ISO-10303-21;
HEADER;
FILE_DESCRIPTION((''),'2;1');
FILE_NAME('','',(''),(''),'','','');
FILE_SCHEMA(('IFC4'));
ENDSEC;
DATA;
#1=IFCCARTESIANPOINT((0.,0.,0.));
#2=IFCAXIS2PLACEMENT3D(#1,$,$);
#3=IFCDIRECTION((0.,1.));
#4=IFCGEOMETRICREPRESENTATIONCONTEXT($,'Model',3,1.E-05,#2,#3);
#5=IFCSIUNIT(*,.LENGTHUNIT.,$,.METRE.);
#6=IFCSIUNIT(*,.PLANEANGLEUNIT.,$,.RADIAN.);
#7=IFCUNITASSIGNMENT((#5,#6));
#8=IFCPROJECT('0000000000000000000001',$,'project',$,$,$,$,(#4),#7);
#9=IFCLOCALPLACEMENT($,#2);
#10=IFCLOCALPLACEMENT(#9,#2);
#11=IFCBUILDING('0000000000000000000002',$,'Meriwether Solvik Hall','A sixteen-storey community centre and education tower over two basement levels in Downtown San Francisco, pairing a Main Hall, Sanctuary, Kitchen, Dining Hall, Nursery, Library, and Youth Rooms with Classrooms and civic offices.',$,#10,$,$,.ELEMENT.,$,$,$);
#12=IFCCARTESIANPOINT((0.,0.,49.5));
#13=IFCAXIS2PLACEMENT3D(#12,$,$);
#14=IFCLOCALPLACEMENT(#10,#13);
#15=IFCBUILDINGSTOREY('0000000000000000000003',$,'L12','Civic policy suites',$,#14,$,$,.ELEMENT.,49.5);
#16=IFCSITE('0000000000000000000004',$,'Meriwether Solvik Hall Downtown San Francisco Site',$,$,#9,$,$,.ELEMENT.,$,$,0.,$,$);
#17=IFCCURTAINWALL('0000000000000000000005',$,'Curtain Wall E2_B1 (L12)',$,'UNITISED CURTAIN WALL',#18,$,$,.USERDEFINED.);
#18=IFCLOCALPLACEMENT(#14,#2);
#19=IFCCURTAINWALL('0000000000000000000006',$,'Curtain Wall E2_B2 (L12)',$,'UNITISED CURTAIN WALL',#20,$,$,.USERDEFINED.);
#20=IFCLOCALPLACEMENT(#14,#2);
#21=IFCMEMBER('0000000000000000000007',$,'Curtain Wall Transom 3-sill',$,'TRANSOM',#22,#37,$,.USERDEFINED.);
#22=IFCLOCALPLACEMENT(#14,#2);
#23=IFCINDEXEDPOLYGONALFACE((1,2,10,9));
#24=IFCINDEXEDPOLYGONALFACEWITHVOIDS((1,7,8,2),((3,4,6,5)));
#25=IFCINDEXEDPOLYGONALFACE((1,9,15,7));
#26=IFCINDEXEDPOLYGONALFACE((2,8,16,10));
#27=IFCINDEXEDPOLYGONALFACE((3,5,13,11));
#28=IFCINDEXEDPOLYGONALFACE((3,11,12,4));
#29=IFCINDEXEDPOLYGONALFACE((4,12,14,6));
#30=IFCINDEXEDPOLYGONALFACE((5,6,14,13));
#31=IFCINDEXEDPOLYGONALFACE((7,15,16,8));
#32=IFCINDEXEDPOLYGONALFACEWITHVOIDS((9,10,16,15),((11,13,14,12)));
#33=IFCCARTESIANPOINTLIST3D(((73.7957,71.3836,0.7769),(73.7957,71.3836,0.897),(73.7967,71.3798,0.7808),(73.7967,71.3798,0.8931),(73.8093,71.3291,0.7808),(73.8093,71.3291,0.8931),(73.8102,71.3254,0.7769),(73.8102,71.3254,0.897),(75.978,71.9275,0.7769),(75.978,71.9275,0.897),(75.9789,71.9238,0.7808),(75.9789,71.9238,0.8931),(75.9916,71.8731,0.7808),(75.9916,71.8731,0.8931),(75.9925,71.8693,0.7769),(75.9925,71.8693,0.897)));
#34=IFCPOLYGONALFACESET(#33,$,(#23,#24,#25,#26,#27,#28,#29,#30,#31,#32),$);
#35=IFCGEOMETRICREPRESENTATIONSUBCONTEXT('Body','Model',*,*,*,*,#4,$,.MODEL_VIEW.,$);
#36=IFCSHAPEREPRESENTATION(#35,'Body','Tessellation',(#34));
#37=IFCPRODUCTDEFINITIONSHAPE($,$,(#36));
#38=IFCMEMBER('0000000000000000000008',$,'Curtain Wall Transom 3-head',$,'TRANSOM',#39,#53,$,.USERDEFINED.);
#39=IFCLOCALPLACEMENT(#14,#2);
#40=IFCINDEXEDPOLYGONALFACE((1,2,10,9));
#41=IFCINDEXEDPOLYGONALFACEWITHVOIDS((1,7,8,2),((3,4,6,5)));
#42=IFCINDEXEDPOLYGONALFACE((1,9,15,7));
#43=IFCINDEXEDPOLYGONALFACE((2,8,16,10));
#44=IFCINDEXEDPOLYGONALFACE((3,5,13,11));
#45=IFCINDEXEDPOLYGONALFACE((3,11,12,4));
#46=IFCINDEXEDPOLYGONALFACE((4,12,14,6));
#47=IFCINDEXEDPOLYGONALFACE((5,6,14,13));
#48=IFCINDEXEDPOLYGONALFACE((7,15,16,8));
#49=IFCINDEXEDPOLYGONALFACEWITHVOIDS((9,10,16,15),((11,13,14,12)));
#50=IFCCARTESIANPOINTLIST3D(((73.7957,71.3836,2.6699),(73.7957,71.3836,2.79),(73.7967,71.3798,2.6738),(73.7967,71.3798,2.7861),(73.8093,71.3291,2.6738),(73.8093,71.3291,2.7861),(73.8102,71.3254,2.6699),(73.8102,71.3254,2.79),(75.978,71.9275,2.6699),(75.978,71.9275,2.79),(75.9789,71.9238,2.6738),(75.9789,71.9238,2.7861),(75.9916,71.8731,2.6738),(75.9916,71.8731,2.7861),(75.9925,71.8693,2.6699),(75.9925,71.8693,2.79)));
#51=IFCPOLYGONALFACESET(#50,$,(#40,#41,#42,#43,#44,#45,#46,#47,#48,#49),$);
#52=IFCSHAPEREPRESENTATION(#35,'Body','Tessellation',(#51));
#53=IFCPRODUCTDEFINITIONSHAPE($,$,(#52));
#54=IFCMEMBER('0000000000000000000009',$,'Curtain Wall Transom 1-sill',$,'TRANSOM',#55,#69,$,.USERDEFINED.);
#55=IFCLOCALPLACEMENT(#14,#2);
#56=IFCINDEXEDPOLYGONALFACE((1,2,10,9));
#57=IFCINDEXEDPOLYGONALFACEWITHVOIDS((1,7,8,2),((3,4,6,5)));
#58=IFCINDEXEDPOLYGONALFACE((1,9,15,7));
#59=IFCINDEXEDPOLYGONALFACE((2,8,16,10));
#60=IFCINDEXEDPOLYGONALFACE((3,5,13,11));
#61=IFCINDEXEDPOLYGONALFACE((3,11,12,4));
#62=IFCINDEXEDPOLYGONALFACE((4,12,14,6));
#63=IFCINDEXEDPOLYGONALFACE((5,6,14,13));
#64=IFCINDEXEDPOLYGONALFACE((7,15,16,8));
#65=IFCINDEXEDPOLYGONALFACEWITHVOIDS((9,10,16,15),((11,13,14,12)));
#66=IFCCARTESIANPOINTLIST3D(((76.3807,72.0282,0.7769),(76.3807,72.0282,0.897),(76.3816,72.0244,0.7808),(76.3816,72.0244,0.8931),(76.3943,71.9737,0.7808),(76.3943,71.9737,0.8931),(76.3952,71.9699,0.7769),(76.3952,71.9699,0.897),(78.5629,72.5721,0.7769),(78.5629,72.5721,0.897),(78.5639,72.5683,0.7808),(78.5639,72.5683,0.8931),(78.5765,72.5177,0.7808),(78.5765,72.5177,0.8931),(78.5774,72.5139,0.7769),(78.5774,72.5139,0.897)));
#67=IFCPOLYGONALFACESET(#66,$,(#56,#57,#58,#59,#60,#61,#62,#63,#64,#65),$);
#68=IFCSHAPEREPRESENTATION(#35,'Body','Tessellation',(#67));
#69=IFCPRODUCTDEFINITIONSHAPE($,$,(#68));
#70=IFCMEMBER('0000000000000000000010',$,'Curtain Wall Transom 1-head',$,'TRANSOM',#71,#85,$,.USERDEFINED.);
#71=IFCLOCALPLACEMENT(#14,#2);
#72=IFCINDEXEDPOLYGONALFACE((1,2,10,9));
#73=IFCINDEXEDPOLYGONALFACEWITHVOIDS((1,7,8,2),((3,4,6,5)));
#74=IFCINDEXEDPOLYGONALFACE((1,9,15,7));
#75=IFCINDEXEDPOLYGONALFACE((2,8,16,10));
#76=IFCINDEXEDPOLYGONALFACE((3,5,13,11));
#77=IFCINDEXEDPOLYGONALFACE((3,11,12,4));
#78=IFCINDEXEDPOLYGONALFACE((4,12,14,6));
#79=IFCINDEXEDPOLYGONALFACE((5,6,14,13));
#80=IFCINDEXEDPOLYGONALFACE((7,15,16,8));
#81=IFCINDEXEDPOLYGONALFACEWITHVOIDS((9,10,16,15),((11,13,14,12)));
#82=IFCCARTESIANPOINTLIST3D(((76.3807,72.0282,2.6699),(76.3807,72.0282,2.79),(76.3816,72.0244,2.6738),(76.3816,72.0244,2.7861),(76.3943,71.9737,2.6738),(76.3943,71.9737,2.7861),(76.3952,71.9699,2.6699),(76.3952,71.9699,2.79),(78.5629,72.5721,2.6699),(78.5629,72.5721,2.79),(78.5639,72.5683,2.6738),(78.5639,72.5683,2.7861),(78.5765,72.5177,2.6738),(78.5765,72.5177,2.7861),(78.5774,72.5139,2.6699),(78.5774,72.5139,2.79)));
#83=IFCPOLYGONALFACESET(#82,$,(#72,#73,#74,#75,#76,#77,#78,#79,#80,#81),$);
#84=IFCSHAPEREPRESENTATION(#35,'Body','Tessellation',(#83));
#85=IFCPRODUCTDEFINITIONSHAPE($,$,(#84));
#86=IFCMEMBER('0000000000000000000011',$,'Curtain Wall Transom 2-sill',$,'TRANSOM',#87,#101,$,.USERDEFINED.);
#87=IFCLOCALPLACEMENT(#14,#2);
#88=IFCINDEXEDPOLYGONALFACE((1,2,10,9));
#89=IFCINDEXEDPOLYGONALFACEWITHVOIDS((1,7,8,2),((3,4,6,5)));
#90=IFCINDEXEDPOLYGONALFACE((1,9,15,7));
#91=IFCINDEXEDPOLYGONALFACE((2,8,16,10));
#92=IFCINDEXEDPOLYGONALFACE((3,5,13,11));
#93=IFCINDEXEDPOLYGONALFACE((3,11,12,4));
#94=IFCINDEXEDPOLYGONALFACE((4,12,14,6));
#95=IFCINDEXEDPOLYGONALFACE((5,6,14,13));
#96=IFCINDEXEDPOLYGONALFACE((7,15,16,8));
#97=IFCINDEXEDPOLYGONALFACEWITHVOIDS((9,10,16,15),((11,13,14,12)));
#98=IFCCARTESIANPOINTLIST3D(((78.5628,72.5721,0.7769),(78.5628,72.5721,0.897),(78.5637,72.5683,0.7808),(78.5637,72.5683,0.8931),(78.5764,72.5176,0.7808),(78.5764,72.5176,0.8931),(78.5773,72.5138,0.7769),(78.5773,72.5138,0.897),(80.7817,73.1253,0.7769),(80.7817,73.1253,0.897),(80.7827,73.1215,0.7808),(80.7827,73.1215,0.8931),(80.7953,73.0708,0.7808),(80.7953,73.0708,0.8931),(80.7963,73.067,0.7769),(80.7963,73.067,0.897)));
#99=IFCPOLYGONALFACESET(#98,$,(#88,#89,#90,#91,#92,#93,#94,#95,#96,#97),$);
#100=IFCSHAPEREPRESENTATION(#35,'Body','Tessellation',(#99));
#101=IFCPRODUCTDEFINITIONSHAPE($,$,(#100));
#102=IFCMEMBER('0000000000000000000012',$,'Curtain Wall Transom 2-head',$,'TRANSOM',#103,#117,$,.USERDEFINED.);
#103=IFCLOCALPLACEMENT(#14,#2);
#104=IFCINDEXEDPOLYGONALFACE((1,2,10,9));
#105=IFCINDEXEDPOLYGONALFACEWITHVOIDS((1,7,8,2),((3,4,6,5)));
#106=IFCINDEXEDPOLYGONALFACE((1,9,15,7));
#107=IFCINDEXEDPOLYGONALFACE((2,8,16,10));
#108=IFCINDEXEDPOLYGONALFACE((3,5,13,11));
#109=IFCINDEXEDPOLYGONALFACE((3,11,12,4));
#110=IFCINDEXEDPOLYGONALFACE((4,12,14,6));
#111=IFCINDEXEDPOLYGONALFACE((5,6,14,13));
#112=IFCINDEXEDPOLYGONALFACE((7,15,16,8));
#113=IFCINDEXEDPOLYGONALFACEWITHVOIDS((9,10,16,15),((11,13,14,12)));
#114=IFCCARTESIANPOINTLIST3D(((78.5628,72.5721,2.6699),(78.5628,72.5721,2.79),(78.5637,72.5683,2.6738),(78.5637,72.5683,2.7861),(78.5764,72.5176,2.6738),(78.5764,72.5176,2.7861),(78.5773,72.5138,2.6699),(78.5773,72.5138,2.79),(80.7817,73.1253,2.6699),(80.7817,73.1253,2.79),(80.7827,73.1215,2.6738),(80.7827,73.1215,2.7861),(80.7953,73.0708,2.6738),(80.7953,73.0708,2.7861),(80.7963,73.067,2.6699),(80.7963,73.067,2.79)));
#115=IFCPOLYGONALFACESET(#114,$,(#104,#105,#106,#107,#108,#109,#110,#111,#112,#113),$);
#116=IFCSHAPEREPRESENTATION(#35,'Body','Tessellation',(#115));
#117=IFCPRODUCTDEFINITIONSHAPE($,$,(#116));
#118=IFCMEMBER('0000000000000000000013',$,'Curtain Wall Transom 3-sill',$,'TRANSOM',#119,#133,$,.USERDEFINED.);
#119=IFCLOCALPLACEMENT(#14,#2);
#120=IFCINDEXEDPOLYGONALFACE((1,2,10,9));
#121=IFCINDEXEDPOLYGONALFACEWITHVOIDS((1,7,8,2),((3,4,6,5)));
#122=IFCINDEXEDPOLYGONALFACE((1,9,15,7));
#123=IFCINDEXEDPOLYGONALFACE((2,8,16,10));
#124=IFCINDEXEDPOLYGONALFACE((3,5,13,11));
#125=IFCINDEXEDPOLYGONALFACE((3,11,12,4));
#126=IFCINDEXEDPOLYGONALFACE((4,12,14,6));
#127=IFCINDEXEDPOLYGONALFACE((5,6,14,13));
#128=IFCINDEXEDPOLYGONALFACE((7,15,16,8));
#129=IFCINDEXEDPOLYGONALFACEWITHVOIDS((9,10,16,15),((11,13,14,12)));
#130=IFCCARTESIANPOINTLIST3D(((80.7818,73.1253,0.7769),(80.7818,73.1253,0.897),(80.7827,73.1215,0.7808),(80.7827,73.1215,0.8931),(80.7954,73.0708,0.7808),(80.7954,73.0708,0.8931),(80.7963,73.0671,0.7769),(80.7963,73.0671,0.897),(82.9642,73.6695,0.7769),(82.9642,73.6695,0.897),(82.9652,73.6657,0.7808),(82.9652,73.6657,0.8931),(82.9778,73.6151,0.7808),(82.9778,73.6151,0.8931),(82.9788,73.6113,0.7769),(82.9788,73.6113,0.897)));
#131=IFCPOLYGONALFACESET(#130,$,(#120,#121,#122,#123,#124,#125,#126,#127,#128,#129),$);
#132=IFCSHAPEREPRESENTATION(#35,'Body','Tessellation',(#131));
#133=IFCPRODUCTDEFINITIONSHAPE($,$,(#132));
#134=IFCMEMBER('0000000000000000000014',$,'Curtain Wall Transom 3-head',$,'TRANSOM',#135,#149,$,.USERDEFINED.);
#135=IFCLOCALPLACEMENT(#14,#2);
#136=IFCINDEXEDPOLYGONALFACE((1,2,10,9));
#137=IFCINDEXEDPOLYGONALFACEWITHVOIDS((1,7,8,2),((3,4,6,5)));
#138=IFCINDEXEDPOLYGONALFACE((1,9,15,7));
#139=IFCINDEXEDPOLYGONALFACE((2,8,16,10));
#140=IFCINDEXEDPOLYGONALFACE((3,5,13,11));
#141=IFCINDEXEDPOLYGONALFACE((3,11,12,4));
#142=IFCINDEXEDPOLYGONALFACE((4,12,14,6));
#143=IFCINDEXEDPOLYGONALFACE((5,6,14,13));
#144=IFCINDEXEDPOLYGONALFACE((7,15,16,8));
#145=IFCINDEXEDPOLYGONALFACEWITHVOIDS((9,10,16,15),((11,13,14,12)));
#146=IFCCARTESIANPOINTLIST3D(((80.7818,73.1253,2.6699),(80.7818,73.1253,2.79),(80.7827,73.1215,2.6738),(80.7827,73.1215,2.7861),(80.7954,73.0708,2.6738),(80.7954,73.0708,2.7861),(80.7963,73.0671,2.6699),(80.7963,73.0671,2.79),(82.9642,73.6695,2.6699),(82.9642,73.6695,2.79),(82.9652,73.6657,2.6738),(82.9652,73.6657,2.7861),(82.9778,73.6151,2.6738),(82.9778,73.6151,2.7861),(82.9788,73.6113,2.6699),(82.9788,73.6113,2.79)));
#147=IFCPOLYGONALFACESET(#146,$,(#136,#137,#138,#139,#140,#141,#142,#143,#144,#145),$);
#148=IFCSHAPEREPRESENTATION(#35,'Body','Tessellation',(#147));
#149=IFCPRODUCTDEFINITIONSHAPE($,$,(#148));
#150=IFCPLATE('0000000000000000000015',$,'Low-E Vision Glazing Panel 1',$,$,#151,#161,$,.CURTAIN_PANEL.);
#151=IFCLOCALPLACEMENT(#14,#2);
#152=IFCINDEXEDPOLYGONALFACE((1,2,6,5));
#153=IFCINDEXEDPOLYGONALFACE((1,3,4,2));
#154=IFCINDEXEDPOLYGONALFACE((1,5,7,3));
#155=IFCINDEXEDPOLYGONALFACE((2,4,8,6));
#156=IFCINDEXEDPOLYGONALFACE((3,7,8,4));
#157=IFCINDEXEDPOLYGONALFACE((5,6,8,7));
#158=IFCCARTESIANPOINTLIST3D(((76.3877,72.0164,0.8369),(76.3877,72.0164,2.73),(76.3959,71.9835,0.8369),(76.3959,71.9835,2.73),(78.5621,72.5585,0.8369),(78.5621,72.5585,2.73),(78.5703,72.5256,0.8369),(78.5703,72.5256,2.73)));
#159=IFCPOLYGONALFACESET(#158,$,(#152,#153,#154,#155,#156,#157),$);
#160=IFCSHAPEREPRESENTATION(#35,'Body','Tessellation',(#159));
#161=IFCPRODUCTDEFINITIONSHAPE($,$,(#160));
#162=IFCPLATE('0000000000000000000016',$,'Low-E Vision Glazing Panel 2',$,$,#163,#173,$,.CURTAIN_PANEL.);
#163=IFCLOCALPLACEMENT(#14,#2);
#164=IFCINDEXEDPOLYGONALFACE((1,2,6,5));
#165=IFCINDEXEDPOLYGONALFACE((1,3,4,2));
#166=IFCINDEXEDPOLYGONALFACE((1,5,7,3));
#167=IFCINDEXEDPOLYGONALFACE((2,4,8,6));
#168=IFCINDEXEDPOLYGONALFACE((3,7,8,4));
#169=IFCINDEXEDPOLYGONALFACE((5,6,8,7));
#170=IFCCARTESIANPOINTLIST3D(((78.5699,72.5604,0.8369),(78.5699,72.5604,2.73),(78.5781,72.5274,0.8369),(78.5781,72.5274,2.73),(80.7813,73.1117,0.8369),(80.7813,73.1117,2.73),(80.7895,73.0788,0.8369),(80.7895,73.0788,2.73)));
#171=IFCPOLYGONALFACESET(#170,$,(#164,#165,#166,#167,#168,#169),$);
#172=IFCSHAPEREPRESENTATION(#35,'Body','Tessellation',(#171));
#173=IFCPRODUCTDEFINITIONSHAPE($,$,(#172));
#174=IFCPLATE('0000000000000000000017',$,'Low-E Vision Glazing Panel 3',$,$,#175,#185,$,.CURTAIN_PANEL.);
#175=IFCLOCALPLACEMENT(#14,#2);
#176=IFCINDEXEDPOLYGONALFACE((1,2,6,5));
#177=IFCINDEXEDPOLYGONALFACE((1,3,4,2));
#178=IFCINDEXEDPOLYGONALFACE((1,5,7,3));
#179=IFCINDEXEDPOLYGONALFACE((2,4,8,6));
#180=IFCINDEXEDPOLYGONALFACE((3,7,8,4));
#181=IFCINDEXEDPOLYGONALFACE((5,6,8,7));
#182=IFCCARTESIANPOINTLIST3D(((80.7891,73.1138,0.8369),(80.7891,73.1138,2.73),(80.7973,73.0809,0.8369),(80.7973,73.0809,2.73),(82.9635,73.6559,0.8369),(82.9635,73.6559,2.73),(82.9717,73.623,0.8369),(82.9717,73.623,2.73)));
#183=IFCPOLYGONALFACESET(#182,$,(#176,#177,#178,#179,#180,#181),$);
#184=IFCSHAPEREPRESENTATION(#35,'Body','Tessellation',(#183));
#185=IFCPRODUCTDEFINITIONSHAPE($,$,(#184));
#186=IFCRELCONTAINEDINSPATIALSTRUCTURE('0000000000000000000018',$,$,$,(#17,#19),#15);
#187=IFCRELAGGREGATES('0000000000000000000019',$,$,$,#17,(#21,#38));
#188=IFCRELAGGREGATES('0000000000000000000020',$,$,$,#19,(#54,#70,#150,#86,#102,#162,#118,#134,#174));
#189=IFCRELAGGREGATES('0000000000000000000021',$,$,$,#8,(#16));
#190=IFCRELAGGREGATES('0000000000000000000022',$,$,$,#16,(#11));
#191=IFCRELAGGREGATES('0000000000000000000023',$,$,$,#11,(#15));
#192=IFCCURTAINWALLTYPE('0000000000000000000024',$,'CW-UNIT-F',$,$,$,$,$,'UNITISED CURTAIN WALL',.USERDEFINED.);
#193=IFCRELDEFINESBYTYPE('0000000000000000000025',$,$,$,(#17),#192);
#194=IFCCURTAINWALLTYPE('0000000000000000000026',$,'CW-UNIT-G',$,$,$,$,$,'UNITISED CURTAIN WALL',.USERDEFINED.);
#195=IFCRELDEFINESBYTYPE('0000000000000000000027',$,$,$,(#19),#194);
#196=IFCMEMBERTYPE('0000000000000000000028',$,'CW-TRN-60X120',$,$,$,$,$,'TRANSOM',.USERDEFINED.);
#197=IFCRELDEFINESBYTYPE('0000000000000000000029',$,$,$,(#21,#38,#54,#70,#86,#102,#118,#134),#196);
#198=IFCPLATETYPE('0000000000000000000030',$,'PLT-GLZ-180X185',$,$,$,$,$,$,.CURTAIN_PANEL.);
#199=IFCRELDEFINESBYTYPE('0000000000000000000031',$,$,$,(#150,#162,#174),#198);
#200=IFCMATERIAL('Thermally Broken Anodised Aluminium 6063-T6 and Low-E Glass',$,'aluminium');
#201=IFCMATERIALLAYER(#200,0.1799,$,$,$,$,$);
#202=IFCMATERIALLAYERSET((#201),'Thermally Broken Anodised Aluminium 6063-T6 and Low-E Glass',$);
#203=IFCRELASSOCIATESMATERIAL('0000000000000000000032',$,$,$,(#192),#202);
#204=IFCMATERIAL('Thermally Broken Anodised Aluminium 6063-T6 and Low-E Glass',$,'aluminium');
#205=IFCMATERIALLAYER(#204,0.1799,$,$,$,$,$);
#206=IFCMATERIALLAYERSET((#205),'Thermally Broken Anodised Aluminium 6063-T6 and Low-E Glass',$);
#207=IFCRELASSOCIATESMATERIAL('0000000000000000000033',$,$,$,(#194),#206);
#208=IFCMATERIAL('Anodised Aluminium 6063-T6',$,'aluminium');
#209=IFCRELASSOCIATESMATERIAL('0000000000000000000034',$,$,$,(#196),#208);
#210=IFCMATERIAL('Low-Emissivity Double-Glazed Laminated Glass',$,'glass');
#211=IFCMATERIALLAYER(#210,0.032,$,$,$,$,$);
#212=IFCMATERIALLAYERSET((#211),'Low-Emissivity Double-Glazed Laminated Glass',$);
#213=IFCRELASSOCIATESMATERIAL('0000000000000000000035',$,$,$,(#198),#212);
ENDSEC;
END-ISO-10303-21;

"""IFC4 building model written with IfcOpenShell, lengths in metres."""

from ifc_helpers import new_model, si_unit, direction, frame, origin, origin_2d, place, context, subcontext, project, spatial, rectangle, hollow_rectangle, extrude, material, layer, layer_set, material_profile, profile_set, type_object, element, aggregate, save


model = new_model("IFC4")

# Units and contexts
model_context = context("Model", 3, precision=1e-05, world=origin(), true_north=direction((0.0, 1.0)))
body_context = subcontext(model_context, "Body", "Model", "MODEL_VIEW")
ifc_project = project(units=[si_unit("LENGTHUNIT", "METRE"), si_unit("PLANEANGLEUNIT", "RADIAN")], contexts=[model_context])

# Site, building, storey
site_placement = place(None, origin())
site = spatial("IfcSite", under=ifc_project, at=site_placement, Name="Meriwether Solvik Hall Downtown San Francisco Site", CompositionType="ELEMENT", RefElevation=0.0)
building_placement = place(site_placement, origin())
building = spatial("IfcBuilding", under=site, at=building_placement, Name="Meriwether Solvik Hall", Description="A sixteen-storey community centre and education tower over two basement levels in Downtown San Francisco, pairing a Main Hall, Sanctuary, Kitchen, Dining Hall, Nursery, Library, and Youth Rooms with Classrooms and civic offices.", CompositionType="ELEMENT")
storey_placement = place(building_placement, frame((0.0, 0.0, 49.5)))
storey = spatial("IfcBuildingStorey", under=building, at=storey_placement, Name="L12", Description="Civic policy suites", CompositionType="ELEMENT", Elevation=49.5)

# Curtain walls
ifc_material_1 = material(Name="Thermally Broken Anodised Aluminium 6063-T6 and Low-E Glass", Category="aluminium")
ifc_layer_1 = layer(ifc_material_1, 0.1799)
ifc_layer_set_1 = layer_set([ifc_layer_1], Name="Thermally Broken Anodised Aluminium 6063-T6 and Low-E Glass")
curtain_wall_type_1 = type_object("IfcCurtainWallType", Name="CW-UNIT-F", ElementType="UNITISED CURTAIN WALL", PredefinedType="USERDEFINED", material=ifc_layer_set_1)
curtain_wall_1_placement = place(storey_placement, origin())
curtain_wall_1 = element("IfcCurtainWall", 1, at=curtain_wall_1_placement, inside=storey, type_object=curtain_wall_type_1, Name="Curtain Wall E2_B1 (L12)", ObjectType="UNITISED CURTAIN WALL", PredefinedType="USERDEFINED")
ifc_material_2 = material(Name="Thermally Broken Anodised Aluminium 6063-T6 and Low-E Glass", Category="aluminium")
ifc_layer_2 = layer(ifc_material_2, 0.1799)
ifc_layer_set_2 = layer_set([ifc_layer_2], Name="Thermally Broken Anodised Aluminium 6063-T6 and Low-E Glass")
curtain_wall_type_2 = type_object("IfcCurtainWallType", Name="CW-UNIT-G", ElementType="UNITISED CURTAIN WALL", PredefinedType="USERDEFINED", material=ifc_layer_set_2)
curtain_wall_2_placement = place(storey_placement, origin())
curtain_wall_2 = element("IfcCurtainWall", 2, at=curtain_wall_2_placement, inside=storey, type_object=curtain_wall_type_2, Name="Curtain Wall E2_B2 (L12)", ObjectType="UNITISED CURTAIN WALL", PredefinedType="USERDEFINED")

# Members
ifc_material_3 = material(Name="Anodised Aluminium 6063-T6", Category="aluminium")
ifc_material_profile_1 = material_profile(ifc_material_3, hollow_rectangle(XDim=0.0601, YDim=0.1201, WallThickness=0.0039, at=origin_2d()), Name="CWT-60X120")
ifc_profile_set_1 = profile_set([ifc_material_profile_1], Name="Anodised Aluminium 6063-T6")
member_type_1 = type_object("IfcMemberType", Name="CW-TRN-60X120", ElementType="TRANSOM", PredefinedType="USERDEFINED", material=ifc_profile_set_1)
member_1_placement = place(storey_placement, frame((73.803, 71.3545, 0.8369), z_axis=(0.970315, 0.241846, 0.0), x_axis=(-0.241846, 0.970315, 0.0)))
member_1 = element("IfcMember", 3, at=member_1_placement, type_object=member_type_1, Name="Curtain Wall Transom 3-sill", ObjectType="TRANSOM", PredefinedType="USERDEFINED", context=body_context, shape_type="SweptSolid", body=[
    extrude(hollow_rectangle(XDim=0.0601, YDim=0.1201, WallThickness=0.0039, at=origin_2d()), origin(), (0.0, 0.0, 1.0), 2.249),
])
member_2_placement = place(storey_placement, frame((73.803, 71.3545, 2.73), z_axis=(0.970315, 0.241846, 0.0), x_axis=(-0.241846, 0.970315, 0.0)))
member_2 = element("IfcMember", 4, at=member_2_placement, type_object=member_type_1, Name="Curtain Wall Transom 3-head", ObjectType="TRANSOM", PredefinedType="USERDEFINED", context=body_context, shape_type="SweptSolid", body=[
    extrude(hollow_rectangle(XDim=0.0601, YDim=0.1201, WallThickness=0.0039, at=origin_2d()), origin(), (0.0, 0.0, 1.0), 2.249),
])
member_3_placement = place(storey_placement, frame((76.3879, 71.999, 0.8369), z_axis=(0.970308, 0.241871, 0.0), x_axis=(-0.241871, 0.970308, 0.0)))
member_3 = element("IfcMember", 5, at=member_3_placement, type_object=member_type_1, Name="Curtain Wall Transom 1-sill", ObjectType="TRANSOM", PredefinedType="USERDEFINED", context=body_context, shape_type="SweptSolid", body=[
    extrude(hollow_rectangle(XDim=0.0601, YDim=0.1201, WallThickness=0.0039, at=origin_2d()), origin(), (0.0, 0.0, 1.0), 2.249),
])
member_4_placement = place(storey_placement, frame((76.3879, 71.999, 2.73), z_axis=(0.970308, 0.241871, 0.0), x_axis=(-0.241871, 0.970308, 0.0)))
member_4 = element("IfcMember", 6, at=member_4_placement, type_object=member_type_1, Name="Curtain Wall Transom 1-head", ObjectType="TRANSOM", PredefinedType="USERDEFINED", context=body_context, shape_type="SweptSolid", body=[
    extrude(hollow_rectangle(XDim=0.0601, YDim=0.1201, WallThickness=0.0039, at=origin_2d()), origin(), (0.0, 0.0, 1.0), 2.249),
])
member_5_placement = place(storey_placement, frame((78.5701, 72.543, 0.8369), z_axis=(0.970299, 0.241908, 0.0), x_axis=(-0.241908, 0.970299, 0.0)))
member_5 = element("IfcMember", 7, at=member_5_placement, type_object=member_type_1, Name="Curtain Wall Transom 2-sill", ObjectType="TRANSOM", PredefinedType="USERDEFINED", context=body_context, shape_type="SweptSolid", body=[
    extrude(hollow_rectangle(XDim=0.0601, YDim=0.1201, WallThickness=0.0039, at=origin_2d()), origin(), (0.0, 0.0, 1.0), 2.2869),
])
member_6_placement = place(storey_placement, frame((78.5701, 72.543, 2.73), z_axis=(0.970299, 0.241908, 0.0), x_axis=(-0.241908, 0.970299, 0.0)))
member_6 = element("IfcMember", 8, at=member_6_placement, type_object=member_type_1, Name="Curtain Wall Transom 2-head", ObjectType="TRANSOM", PredefinedType="USERDEFINED", context=body_context, shape_type="SweptSolid", body=[
    extrude(hollow_rectangle(XDim=0.0601, YDim=0.1201, WallThickness=0.0039, at=origin_2d()), origin(), (0.0, 0.0, 1.0), 2.2869),
])
member_7_placement = place(storey_placement, frame((80.7891, 73.0962, 0.8369), z_axis=(0.970289, 0.241948, 0.0), x_axis=(-0.241948, 0.970289, 0.0)))
member_7 = element("IfcMember", 9, at=member_7_placement, type_object=member_type_1, Name="Curtain Wall Transom 3-sill", ObjectType="TRANSOM", PredefinedType="USERDEFINED", context=body_context, shape_type="SweptSolid", body=[
    extrude(hollow_rectangle(XDim=0.0601, YDim=0.1201, WallThickness=0.0039, at=origin_2d()), origin(), (0.0, 0.0, 1.0), 2.2493),
])
member_8_placement = place(storey_placement, frame((80.7891, 73.0962, 2.73), z_axis=(0.970289, 0.241948, 0.0), x_axis=(-0.241948, 0.970289, 0.0)))
member_8 = element("IfcMember", 10, at=member_8_placement, type_object=member_type_1, Name="Curtain Wall Transom 3-head", ObjectType="TRANSOM", PredefinedType="USERDEFINED", context=body_context, shape_type="SweptSolid", body=[
    extrude(hollow_rectangle(XDim=0.0601, YDim=0.1201, WallThickness=0.0039, at=origin_2d()), origin(), (0.0, 0.0, 1.0), 2.2493),
])

# Plates
ifc_material_4 = material(Name="Low-Emissivity Double-Glazed Laminated Glass", Category="glass")
ifc_layer_3 = layer(ifc_material_4, 0.032)
ifc_layer_set_3 = layer_set([ifc_layer_3], Name="Low-Emissivity Double-Glazed Laminated Glass")
plate_type_1 = type_object("IfcPlateType", Name="PLT-GLZ-180X185", PredefinedType="CURTAIN_PANEL", material=ifc_layer_set_3)
plate_1_placement = place(storey_placement, frame((77.479, 72.271, 0.8369), z_axis=(0.0, 0.0, 1.0), x_axis=(0.970296, 0.241922, 0.0)))
plate_1 = element("IfcPlate", 11, at=plate_1_placement, type_object=plate_type_1, Name="Low-E Vision Glazing Panel 1", PredefinedType="CURTAIN_PANEL", context=body_context, shape_type="SweptSolid", body=[
    extrude(rectangle(XDim=2.241, YDim=0.0339, at=origin_2d()), origin(), (0.0, 0.0, 1.0), 1.8931),
])
plate_2_placement = place(storey_placement, frame((79.6797, 72.8196, 0.8369), z_axis=(0.0, 0.0, 1.0), x_axis=(0.970296, 0.241922, 0.0)))
plate_2 = element("IfcPlate", 12, at=plate_2_placement, type_object=plate_type_1, Name="Low-E Vision Glazing Panel 2", PredefinedType="CURTAIN_PANEL", context=body_context, shape_type="SweptSolid", body=[
    extrude(rectangle(XDim=2.2791, YDim=0.0339, at=origin_2d()), origin(), (0.0, 0.0, 1.0), 1.8931),
])
plate_3_placement = place(storey_placement, frame((81.8804, 73.3684, 0.8369), z_axis=(0.0, 0.0, 1.0), x_axis=(0.970296, 0.241922, 0.0)))
plate_3 = element("IfcPlate", 13, at=plate_3_placement, type_object=plate_type_1, Name="Low-E Vision Glazing Panel 3", PredefinedType="CURTAIN_PANEL", context=body_context, shape_type="SweptSolid", body=[
    extrude(rectangle(XDim=2.241, YDim=0.0339, at=origin_2d()), origin(), (0.0, 0.0, 1.0), 1.8931),
])
aggregate(curtain_wall_1, [member_1, member_2])
aggregate(curtain_wall_2, [member_3, member_4, plate_1, member_5, member_6, plate_2, member_7, member_8, plate_3])

save(model, "model.ifc")
